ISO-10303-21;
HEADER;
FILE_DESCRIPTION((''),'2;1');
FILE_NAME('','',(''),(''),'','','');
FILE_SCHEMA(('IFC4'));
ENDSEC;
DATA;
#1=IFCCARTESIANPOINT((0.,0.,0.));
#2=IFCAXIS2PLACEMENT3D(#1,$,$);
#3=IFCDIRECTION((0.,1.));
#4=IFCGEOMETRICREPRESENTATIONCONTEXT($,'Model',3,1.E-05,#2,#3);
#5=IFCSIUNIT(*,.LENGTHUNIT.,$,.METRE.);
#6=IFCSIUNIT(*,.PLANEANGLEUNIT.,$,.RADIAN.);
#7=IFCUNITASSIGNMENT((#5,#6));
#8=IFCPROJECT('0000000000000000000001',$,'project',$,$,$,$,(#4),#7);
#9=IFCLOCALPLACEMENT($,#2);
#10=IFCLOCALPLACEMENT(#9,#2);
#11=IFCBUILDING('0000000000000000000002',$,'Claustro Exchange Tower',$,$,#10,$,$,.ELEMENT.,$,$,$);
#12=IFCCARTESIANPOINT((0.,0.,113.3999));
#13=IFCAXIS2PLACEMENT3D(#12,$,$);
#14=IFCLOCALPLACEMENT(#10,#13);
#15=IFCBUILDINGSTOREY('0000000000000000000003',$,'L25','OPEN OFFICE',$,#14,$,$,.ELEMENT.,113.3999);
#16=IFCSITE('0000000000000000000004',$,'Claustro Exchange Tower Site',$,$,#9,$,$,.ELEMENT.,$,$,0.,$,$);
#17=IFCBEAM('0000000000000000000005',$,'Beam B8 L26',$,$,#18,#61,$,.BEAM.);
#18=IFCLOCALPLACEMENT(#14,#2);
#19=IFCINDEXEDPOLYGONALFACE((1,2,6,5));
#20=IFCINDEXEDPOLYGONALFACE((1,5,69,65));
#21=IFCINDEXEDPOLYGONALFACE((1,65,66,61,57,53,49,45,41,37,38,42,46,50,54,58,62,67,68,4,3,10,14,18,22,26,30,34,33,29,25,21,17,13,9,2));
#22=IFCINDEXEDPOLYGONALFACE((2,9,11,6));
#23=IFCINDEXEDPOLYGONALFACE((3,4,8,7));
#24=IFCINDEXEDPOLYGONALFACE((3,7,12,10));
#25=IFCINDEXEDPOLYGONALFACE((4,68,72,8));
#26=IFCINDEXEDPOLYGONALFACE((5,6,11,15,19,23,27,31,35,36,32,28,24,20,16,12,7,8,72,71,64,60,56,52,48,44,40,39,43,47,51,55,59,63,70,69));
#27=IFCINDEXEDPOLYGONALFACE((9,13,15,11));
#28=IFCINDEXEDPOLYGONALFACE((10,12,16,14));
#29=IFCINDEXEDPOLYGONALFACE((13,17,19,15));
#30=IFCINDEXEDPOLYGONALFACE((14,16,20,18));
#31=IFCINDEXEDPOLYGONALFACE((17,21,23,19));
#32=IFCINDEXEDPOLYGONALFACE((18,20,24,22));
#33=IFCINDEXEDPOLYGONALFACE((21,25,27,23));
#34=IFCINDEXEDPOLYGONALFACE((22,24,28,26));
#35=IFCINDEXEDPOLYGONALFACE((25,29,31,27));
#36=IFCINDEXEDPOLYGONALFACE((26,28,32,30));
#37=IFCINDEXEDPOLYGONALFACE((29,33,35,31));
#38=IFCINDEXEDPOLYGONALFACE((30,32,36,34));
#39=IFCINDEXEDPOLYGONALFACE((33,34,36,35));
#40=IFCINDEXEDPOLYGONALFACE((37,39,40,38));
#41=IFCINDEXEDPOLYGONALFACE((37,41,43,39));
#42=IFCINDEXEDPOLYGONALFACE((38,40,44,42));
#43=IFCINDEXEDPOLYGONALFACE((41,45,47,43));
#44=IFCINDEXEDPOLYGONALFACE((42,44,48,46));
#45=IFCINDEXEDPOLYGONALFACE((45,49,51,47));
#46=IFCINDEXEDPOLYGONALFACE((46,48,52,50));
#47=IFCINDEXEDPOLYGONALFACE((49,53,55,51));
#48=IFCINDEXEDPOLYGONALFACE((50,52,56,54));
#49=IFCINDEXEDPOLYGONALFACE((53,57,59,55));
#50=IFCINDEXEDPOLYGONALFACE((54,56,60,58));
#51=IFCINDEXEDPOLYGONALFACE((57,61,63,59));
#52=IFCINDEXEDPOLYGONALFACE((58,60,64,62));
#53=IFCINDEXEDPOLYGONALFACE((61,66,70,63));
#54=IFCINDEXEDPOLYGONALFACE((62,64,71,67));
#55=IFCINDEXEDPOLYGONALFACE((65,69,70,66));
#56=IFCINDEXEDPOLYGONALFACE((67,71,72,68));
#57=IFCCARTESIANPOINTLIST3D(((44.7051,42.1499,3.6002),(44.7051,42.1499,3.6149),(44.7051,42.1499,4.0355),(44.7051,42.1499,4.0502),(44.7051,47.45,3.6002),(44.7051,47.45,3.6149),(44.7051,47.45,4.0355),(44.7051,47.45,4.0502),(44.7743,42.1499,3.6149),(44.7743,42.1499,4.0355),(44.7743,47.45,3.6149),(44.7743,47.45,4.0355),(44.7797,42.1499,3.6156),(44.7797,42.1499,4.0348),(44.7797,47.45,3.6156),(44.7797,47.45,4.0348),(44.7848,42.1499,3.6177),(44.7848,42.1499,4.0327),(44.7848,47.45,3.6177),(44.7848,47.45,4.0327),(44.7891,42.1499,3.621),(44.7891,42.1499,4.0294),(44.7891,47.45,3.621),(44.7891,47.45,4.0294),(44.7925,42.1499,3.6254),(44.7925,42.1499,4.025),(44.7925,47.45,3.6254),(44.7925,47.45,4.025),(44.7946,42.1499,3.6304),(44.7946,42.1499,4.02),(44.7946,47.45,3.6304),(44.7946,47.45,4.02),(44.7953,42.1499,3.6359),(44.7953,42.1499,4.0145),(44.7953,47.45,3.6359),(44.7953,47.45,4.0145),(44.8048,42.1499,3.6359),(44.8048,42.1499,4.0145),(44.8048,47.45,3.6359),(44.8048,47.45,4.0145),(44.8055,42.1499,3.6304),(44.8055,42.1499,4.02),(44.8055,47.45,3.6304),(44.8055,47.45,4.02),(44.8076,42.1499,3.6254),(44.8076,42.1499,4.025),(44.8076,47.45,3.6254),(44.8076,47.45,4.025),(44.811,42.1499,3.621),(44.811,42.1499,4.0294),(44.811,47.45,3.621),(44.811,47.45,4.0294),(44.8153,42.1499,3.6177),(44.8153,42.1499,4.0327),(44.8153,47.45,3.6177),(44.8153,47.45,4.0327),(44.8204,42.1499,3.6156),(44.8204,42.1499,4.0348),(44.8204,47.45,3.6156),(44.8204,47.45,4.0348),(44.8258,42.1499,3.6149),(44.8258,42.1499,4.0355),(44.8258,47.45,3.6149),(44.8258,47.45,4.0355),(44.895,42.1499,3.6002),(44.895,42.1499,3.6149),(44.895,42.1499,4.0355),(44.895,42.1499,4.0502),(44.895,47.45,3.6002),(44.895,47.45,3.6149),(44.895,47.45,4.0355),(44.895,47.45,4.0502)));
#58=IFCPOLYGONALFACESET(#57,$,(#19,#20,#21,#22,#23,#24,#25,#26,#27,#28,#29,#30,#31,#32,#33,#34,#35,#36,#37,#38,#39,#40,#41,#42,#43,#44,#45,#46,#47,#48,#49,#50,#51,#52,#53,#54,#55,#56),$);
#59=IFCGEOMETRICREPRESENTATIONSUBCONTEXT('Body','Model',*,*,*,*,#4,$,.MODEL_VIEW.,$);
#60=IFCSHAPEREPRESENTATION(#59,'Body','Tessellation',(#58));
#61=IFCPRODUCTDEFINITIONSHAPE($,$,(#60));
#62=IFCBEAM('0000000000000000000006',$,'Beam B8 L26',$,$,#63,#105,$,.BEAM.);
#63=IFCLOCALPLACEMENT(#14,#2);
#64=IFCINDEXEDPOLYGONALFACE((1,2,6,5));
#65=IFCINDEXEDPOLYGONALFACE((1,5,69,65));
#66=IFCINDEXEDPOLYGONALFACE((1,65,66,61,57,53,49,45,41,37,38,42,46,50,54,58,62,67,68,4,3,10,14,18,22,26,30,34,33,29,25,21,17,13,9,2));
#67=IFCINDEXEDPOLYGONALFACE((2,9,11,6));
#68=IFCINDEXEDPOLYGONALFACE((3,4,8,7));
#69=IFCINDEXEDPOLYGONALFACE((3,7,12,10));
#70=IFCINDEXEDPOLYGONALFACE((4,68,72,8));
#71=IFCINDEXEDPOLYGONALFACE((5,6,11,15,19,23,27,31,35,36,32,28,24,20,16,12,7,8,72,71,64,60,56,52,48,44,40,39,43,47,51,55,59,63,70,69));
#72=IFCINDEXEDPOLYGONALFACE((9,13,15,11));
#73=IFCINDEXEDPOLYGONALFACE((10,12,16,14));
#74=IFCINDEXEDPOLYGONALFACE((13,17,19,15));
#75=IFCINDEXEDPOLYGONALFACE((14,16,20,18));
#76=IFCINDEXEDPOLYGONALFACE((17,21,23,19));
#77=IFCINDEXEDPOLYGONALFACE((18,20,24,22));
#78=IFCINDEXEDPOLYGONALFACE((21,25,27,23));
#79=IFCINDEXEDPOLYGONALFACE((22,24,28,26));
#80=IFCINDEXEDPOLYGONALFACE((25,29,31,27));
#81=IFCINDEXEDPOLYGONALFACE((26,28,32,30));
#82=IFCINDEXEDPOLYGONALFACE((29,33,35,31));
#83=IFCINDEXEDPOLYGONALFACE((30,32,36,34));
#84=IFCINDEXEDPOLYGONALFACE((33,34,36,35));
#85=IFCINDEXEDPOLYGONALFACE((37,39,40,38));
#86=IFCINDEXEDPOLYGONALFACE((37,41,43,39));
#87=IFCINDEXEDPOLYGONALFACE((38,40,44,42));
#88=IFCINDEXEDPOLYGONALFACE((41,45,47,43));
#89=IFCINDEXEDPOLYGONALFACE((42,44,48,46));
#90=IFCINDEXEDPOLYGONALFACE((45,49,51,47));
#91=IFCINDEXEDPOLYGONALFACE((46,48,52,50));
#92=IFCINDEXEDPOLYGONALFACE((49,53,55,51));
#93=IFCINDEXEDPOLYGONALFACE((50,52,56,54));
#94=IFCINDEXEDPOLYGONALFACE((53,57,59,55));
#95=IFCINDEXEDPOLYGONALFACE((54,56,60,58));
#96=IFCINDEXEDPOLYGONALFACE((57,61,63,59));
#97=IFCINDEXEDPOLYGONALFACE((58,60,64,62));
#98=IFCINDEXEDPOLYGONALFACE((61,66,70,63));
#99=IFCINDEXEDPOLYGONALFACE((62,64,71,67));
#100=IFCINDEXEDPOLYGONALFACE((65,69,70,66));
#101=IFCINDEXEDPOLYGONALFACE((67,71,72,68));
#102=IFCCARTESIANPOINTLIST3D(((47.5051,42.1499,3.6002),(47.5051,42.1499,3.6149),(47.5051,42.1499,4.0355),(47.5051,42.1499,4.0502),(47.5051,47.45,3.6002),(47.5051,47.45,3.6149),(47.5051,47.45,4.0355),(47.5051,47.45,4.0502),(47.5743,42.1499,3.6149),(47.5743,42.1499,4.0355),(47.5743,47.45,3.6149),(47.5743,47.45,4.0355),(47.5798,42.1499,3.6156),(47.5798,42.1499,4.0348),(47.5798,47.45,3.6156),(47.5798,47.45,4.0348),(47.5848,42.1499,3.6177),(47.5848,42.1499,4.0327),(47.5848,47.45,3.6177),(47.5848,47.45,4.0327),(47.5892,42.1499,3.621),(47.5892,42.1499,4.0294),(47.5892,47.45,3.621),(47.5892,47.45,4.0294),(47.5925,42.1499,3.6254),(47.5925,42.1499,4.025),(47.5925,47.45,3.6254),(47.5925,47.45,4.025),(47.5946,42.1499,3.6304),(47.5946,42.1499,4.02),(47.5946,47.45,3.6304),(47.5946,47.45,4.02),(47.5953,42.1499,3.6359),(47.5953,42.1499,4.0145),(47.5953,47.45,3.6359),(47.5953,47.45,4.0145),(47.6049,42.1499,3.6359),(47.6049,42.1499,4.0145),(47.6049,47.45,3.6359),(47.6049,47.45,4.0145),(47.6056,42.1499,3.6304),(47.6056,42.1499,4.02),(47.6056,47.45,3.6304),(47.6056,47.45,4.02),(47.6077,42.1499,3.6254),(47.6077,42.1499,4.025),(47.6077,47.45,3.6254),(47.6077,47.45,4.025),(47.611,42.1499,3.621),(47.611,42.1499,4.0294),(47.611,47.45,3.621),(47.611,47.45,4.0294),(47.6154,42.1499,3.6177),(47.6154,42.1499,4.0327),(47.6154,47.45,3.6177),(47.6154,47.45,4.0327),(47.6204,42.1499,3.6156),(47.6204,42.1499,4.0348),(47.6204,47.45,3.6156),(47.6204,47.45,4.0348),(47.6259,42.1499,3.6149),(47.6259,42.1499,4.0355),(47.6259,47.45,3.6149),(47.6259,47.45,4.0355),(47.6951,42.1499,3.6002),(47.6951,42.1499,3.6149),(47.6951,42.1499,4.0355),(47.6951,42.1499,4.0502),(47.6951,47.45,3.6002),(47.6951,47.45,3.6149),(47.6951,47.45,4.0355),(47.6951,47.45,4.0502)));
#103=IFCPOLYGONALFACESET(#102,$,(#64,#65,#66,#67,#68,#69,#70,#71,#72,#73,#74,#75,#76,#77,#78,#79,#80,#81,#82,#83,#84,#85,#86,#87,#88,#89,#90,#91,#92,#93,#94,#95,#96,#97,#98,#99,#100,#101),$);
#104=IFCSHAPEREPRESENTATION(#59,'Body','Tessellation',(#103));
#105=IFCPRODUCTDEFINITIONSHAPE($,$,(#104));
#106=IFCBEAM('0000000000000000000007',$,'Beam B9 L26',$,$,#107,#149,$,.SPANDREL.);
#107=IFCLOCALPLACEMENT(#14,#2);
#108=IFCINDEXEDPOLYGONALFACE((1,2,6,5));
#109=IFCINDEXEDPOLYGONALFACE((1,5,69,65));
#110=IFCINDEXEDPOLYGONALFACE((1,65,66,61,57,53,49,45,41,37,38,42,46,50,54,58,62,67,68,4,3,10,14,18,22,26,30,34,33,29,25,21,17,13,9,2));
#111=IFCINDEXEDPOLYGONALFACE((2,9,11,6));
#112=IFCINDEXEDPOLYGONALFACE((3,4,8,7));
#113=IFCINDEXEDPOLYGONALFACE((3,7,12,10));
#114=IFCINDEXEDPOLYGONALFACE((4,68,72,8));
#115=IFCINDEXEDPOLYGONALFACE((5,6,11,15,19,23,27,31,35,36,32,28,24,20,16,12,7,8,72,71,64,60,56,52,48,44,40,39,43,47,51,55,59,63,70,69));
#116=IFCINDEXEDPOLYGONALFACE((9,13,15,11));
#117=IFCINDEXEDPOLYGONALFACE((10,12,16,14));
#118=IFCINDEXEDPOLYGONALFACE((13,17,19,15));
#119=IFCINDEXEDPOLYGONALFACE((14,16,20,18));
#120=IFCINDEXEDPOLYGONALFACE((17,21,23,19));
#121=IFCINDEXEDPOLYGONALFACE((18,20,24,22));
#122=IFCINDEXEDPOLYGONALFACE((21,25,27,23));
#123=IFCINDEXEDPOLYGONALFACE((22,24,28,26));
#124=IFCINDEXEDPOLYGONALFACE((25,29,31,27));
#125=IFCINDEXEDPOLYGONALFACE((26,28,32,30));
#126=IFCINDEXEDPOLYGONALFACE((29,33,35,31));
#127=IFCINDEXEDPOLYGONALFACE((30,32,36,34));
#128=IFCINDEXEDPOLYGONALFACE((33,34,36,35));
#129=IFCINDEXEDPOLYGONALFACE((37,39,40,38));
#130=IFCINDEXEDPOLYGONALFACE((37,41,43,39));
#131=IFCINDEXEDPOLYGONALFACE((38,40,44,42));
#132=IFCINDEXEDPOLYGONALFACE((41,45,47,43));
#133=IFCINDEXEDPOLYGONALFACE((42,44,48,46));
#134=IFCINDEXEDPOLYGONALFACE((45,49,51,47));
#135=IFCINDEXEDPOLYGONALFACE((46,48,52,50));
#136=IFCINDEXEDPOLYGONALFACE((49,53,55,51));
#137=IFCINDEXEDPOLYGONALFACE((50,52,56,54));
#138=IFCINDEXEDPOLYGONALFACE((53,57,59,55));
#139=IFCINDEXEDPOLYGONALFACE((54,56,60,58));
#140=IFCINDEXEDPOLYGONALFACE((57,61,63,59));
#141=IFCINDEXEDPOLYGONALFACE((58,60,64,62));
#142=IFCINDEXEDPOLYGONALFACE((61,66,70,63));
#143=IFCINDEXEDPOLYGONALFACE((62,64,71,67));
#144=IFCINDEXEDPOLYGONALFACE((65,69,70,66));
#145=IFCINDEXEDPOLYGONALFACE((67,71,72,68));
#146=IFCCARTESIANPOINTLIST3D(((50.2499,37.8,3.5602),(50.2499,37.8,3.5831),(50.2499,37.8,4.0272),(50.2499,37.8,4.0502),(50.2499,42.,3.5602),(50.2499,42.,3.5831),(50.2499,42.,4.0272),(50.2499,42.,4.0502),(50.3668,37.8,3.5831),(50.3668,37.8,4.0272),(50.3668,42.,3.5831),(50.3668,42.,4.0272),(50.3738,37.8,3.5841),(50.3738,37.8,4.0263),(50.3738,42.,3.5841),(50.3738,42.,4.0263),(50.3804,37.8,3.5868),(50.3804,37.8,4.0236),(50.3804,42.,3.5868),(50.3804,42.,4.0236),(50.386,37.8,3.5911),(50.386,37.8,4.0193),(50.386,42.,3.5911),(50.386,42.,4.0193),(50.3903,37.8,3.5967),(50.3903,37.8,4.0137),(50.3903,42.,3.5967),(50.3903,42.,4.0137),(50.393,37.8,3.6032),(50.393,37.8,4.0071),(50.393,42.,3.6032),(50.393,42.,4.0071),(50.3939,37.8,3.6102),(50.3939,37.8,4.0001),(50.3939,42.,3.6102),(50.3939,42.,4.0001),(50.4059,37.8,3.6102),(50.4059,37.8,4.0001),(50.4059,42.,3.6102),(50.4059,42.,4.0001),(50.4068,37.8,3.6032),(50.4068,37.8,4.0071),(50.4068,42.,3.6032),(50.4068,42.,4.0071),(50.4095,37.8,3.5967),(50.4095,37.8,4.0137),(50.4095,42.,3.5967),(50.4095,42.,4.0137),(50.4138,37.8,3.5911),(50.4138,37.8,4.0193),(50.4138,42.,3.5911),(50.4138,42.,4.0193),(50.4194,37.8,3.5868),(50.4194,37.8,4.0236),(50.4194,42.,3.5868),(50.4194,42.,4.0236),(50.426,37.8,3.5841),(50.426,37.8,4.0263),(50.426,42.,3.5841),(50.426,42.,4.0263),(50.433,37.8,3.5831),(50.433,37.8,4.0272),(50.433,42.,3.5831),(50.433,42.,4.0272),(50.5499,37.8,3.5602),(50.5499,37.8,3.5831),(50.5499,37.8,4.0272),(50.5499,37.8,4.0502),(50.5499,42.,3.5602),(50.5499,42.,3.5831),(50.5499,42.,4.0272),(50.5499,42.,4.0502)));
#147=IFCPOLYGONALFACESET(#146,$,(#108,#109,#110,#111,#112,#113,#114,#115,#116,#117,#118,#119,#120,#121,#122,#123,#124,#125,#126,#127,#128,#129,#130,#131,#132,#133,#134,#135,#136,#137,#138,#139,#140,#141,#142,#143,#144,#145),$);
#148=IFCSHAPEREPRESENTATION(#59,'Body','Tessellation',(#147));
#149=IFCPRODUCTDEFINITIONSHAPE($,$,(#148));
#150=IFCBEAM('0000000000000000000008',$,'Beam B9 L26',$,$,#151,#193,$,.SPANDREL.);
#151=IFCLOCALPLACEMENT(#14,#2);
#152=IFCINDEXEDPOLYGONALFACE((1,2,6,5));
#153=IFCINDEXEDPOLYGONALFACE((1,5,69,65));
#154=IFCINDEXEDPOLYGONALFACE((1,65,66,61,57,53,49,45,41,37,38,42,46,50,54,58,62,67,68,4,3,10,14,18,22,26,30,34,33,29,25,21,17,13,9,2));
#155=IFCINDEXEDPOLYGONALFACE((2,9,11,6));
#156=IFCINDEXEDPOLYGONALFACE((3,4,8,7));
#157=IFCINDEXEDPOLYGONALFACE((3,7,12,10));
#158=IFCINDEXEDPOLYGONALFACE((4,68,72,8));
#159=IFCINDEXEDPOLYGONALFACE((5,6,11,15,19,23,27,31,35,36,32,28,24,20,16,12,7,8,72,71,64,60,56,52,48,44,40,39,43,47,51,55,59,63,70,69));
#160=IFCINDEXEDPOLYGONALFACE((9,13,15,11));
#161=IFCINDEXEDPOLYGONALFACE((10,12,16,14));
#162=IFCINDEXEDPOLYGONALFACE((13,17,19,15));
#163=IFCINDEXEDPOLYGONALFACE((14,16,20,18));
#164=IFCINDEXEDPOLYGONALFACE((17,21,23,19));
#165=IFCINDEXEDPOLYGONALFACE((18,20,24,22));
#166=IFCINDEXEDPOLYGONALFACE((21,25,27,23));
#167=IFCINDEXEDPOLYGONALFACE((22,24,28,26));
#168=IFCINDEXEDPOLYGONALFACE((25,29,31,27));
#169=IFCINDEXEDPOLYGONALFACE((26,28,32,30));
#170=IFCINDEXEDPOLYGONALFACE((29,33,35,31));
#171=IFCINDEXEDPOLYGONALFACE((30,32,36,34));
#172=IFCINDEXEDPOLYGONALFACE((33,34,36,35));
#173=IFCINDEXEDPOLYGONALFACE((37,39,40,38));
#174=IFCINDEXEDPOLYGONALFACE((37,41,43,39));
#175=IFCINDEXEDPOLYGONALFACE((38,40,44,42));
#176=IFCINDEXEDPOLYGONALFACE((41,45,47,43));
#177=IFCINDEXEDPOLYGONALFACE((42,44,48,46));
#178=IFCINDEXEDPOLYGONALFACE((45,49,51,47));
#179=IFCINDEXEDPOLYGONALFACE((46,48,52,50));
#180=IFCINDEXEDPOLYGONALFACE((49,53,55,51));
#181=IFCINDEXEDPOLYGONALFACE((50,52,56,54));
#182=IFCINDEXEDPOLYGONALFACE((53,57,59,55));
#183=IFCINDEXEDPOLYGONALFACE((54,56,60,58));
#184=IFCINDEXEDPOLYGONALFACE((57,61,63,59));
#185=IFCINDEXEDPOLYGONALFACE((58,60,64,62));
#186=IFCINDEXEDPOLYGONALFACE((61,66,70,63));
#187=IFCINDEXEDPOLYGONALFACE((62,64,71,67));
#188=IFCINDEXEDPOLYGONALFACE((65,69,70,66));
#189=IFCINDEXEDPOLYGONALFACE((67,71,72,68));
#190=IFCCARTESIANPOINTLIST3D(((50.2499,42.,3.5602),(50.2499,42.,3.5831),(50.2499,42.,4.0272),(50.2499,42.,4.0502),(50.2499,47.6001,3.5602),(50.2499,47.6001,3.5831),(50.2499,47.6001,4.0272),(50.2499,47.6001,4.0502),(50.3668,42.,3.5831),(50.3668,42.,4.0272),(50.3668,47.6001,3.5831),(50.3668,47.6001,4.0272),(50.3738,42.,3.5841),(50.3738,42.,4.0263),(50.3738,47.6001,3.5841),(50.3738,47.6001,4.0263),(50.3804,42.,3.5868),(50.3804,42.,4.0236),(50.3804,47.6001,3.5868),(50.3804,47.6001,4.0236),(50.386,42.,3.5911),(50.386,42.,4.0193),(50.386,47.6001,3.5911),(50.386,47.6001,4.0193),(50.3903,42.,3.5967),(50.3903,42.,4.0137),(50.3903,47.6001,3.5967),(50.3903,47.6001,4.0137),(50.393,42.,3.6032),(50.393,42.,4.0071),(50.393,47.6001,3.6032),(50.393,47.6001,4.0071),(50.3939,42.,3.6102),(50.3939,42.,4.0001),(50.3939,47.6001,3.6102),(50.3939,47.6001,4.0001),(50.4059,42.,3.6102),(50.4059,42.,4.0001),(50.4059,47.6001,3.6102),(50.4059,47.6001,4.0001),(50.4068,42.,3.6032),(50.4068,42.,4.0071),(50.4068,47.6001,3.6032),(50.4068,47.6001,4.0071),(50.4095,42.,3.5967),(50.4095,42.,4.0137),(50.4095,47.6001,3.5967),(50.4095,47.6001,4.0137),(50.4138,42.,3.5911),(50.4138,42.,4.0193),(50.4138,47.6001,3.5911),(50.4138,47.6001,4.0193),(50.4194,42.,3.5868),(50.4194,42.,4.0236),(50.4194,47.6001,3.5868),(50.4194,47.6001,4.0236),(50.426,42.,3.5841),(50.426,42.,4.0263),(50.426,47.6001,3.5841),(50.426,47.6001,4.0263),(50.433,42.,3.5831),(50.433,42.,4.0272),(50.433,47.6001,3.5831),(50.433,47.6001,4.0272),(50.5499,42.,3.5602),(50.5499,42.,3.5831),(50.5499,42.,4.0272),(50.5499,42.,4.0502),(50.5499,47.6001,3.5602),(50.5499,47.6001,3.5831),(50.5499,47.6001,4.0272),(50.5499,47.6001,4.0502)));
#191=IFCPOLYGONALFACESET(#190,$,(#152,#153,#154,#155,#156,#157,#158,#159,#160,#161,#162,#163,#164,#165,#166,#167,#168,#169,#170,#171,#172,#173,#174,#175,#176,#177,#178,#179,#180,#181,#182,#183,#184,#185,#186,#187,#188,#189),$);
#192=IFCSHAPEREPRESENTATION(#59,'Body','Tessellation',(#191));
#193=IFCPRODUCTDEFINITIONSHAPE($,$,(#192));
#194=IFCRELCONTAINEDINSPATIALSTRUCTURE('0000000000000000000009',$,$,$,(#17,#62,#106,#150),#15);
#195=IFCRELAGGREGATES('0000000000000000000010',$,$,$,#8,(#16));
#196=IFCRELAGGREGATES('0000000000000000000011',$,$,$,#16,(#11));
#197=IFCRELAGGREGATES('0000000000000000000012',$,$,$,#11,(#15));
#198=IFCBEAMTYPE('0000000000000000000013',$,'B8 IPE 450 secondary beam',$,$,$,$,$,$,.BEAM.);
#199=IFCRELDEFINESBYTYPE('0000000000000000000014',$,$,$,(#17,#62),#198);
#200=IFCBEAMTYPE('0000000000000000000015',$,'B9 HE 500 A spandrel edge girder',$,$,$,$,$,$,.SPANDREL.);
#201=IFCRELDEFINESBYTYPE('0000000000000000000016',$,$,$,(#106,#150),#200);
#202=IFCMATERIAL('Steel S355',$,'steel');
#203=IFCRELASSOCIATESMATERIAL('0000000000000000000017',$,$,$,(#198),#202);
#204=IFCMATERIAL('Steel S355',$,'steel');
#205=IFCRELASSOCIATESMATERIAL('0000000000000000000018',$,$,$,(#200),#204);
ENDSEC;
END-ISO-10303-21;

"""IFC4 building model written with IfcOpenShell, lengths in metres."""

from ifc_helpers import new_model, si_unit, direction, frame, origin, origin_2d, place, context, subcontext, project, spatial, i_section, extrude, material, material_profile, profile_set, type_object, element, save


model = new_model("IFC4")

# Units and contexts
model_context = context("Model", 3, precision=1e-05, world=origin(), true_north=direction((0.0, 1.0)))
body_context = subcontext(model_context, "Body", "Model", "MODEL_VIEW")
ifc_project = project(units=[si_unit("LENGTHUNIT", "METRE"), si_unit("PLANEANGLEUNIT", "RADIAN")], contexts=[model_context])

# Site, building, storey
site_placement = place(None, origin())
site = spatial("IfcSite", under=ifc_project, at=site_placement, Name="Claustro Exchange Tower Site", CompositionType="ELEMENT", RefElevation=0.0)
building_placement = place(site_placement, origin())
building = spatial("IfcBuilding", under=site, at=building_placement, Name="Claustro Exchange Tower", CompositionType="ELEMENT")
storey_placement = place(building_placement, frame((0.0, 0.0, 113.3999)))
storey = spatial("IfcBuildingStorey", under=building, at=storey_placement, Name="L25", Description="OPEN OFFICE", CompositionType="ELEMENT", Elevation=113.3999)

# Beams
ifc_material_1 = material(Name="Steel S355", Category="steel")
ifc_material_profile_1 = material_profile(ifc_material_1, i_section(OverallWidth=0.1899, OverallDepth=0.45, WebThickness=0.0095, FlangeThickness=0.0146, FilletRadius=0.021, at=origin_2d()), Name="IPE 450")
ifc_profile_set_1 = profile_set([ifc_material_profile_1], Name="Steel S355")
beam_type_1 = type_object("IfcBeamType", Name="B8 IPE 450 secondary beam", PredefinedType="BEAM", material=ifc_profile_set_1)
for number, where, z_axis, x_axis, name in (
    (1, (44.8, 42.1499, 3.8252), (0.0, 1.0, 0.0), (-1.0, 0.0, 0.0), "Beam B8 L26"),
    (2, (47.6001, 42.1499, 3.8252), (0.0, 1.0, 0.0), (-1.0, 0.0, 0.0), "Beam B8 L26"),
):
    element("IfcBeam", number, at=place(storey_placement, frame(where, z_axis=z_axis, x_axis=x_axis)), inside=storey, type_object=beam_type_1, Name=name, PredefinedType="BEAM", context=body_context, shape_type="SweptSolid", body=[
        extrude(i_section(OverallWidth=0.1899, OverallDepth=0.45, WebThickness=0.0095, FlangeThickness=0.0146, FilletRadius=0.021, at=origin_2d()), origin(), (0.0, 0.0, 1.0), 5.3),
    ])
ifc_material_2 = material(Name="Steel S355", Category="steel")
ifc_material_profile_2 = material_profile(ifc_material_2, i_section(OverallWidth=0.3, OverallDepth=0.49, WebThickness=0.012, FlangeThickness=0.0229, FilletRadius=0.0271, at=origin_2d()), Name="HE 500 A")
ifc_profile_set_2 = profile_set([ifc_material_profile_2], Name="Steel S355")
beam_type_2 = type_object("IfcBeamType", Name="B9 HE 500 A spandrel edge girder", PredefinedType="SPANDREL", material=ifc_profile_set_2)
beam_1_placement = place(storey_placement, frame((50.3999, 37.8, 3.8052), z_axis=(0.0, 1.0, 0.0), x_axis=(-1.0, 0.0, 0.0)))
element("IfcBeam", 3, at=beam_1_placement, inside=storey, type_object=beam_type_2, Name="Beam B9 L26", PredefinedType="SPANDREL", context=body_context, shape_type="SweptSolid", body=[
    extrude(i_section(OverallWidth=0.3, OverallDepth=0.49, WebThickness=0.012, FlangeThickness=0.0229, FilletRadius=0.0271, at=origin_2d()), origin(), (0.0, 0.0, 1.0), 4.2),
])
beam_2_placement = place(storey_placement, frame((50.3999, 42.0, 3.8052), z_axis=(0.0, 1.0, 0.0), x_axis=(-1.0, 0.0, 0.0)))
element("IfcBeam", 4, at=beam_2_placement, inside=storey, type_object=beam_type_2, Name="Beam B9 L26", PredefinedType="SPANDREL", context=body_context, shape_type="SweptSolid", body=[
    extrude(i_section(OverallWidth=0.3, OverallDepth=0.49, WebThickness=0.012, FlangeThickness=0.0229, FilletRadius=0.0271, at=origin_2d()), origin(), (0.0, 0.0, 1.0), 5.6001),
])

save(model, "model.ifc")
